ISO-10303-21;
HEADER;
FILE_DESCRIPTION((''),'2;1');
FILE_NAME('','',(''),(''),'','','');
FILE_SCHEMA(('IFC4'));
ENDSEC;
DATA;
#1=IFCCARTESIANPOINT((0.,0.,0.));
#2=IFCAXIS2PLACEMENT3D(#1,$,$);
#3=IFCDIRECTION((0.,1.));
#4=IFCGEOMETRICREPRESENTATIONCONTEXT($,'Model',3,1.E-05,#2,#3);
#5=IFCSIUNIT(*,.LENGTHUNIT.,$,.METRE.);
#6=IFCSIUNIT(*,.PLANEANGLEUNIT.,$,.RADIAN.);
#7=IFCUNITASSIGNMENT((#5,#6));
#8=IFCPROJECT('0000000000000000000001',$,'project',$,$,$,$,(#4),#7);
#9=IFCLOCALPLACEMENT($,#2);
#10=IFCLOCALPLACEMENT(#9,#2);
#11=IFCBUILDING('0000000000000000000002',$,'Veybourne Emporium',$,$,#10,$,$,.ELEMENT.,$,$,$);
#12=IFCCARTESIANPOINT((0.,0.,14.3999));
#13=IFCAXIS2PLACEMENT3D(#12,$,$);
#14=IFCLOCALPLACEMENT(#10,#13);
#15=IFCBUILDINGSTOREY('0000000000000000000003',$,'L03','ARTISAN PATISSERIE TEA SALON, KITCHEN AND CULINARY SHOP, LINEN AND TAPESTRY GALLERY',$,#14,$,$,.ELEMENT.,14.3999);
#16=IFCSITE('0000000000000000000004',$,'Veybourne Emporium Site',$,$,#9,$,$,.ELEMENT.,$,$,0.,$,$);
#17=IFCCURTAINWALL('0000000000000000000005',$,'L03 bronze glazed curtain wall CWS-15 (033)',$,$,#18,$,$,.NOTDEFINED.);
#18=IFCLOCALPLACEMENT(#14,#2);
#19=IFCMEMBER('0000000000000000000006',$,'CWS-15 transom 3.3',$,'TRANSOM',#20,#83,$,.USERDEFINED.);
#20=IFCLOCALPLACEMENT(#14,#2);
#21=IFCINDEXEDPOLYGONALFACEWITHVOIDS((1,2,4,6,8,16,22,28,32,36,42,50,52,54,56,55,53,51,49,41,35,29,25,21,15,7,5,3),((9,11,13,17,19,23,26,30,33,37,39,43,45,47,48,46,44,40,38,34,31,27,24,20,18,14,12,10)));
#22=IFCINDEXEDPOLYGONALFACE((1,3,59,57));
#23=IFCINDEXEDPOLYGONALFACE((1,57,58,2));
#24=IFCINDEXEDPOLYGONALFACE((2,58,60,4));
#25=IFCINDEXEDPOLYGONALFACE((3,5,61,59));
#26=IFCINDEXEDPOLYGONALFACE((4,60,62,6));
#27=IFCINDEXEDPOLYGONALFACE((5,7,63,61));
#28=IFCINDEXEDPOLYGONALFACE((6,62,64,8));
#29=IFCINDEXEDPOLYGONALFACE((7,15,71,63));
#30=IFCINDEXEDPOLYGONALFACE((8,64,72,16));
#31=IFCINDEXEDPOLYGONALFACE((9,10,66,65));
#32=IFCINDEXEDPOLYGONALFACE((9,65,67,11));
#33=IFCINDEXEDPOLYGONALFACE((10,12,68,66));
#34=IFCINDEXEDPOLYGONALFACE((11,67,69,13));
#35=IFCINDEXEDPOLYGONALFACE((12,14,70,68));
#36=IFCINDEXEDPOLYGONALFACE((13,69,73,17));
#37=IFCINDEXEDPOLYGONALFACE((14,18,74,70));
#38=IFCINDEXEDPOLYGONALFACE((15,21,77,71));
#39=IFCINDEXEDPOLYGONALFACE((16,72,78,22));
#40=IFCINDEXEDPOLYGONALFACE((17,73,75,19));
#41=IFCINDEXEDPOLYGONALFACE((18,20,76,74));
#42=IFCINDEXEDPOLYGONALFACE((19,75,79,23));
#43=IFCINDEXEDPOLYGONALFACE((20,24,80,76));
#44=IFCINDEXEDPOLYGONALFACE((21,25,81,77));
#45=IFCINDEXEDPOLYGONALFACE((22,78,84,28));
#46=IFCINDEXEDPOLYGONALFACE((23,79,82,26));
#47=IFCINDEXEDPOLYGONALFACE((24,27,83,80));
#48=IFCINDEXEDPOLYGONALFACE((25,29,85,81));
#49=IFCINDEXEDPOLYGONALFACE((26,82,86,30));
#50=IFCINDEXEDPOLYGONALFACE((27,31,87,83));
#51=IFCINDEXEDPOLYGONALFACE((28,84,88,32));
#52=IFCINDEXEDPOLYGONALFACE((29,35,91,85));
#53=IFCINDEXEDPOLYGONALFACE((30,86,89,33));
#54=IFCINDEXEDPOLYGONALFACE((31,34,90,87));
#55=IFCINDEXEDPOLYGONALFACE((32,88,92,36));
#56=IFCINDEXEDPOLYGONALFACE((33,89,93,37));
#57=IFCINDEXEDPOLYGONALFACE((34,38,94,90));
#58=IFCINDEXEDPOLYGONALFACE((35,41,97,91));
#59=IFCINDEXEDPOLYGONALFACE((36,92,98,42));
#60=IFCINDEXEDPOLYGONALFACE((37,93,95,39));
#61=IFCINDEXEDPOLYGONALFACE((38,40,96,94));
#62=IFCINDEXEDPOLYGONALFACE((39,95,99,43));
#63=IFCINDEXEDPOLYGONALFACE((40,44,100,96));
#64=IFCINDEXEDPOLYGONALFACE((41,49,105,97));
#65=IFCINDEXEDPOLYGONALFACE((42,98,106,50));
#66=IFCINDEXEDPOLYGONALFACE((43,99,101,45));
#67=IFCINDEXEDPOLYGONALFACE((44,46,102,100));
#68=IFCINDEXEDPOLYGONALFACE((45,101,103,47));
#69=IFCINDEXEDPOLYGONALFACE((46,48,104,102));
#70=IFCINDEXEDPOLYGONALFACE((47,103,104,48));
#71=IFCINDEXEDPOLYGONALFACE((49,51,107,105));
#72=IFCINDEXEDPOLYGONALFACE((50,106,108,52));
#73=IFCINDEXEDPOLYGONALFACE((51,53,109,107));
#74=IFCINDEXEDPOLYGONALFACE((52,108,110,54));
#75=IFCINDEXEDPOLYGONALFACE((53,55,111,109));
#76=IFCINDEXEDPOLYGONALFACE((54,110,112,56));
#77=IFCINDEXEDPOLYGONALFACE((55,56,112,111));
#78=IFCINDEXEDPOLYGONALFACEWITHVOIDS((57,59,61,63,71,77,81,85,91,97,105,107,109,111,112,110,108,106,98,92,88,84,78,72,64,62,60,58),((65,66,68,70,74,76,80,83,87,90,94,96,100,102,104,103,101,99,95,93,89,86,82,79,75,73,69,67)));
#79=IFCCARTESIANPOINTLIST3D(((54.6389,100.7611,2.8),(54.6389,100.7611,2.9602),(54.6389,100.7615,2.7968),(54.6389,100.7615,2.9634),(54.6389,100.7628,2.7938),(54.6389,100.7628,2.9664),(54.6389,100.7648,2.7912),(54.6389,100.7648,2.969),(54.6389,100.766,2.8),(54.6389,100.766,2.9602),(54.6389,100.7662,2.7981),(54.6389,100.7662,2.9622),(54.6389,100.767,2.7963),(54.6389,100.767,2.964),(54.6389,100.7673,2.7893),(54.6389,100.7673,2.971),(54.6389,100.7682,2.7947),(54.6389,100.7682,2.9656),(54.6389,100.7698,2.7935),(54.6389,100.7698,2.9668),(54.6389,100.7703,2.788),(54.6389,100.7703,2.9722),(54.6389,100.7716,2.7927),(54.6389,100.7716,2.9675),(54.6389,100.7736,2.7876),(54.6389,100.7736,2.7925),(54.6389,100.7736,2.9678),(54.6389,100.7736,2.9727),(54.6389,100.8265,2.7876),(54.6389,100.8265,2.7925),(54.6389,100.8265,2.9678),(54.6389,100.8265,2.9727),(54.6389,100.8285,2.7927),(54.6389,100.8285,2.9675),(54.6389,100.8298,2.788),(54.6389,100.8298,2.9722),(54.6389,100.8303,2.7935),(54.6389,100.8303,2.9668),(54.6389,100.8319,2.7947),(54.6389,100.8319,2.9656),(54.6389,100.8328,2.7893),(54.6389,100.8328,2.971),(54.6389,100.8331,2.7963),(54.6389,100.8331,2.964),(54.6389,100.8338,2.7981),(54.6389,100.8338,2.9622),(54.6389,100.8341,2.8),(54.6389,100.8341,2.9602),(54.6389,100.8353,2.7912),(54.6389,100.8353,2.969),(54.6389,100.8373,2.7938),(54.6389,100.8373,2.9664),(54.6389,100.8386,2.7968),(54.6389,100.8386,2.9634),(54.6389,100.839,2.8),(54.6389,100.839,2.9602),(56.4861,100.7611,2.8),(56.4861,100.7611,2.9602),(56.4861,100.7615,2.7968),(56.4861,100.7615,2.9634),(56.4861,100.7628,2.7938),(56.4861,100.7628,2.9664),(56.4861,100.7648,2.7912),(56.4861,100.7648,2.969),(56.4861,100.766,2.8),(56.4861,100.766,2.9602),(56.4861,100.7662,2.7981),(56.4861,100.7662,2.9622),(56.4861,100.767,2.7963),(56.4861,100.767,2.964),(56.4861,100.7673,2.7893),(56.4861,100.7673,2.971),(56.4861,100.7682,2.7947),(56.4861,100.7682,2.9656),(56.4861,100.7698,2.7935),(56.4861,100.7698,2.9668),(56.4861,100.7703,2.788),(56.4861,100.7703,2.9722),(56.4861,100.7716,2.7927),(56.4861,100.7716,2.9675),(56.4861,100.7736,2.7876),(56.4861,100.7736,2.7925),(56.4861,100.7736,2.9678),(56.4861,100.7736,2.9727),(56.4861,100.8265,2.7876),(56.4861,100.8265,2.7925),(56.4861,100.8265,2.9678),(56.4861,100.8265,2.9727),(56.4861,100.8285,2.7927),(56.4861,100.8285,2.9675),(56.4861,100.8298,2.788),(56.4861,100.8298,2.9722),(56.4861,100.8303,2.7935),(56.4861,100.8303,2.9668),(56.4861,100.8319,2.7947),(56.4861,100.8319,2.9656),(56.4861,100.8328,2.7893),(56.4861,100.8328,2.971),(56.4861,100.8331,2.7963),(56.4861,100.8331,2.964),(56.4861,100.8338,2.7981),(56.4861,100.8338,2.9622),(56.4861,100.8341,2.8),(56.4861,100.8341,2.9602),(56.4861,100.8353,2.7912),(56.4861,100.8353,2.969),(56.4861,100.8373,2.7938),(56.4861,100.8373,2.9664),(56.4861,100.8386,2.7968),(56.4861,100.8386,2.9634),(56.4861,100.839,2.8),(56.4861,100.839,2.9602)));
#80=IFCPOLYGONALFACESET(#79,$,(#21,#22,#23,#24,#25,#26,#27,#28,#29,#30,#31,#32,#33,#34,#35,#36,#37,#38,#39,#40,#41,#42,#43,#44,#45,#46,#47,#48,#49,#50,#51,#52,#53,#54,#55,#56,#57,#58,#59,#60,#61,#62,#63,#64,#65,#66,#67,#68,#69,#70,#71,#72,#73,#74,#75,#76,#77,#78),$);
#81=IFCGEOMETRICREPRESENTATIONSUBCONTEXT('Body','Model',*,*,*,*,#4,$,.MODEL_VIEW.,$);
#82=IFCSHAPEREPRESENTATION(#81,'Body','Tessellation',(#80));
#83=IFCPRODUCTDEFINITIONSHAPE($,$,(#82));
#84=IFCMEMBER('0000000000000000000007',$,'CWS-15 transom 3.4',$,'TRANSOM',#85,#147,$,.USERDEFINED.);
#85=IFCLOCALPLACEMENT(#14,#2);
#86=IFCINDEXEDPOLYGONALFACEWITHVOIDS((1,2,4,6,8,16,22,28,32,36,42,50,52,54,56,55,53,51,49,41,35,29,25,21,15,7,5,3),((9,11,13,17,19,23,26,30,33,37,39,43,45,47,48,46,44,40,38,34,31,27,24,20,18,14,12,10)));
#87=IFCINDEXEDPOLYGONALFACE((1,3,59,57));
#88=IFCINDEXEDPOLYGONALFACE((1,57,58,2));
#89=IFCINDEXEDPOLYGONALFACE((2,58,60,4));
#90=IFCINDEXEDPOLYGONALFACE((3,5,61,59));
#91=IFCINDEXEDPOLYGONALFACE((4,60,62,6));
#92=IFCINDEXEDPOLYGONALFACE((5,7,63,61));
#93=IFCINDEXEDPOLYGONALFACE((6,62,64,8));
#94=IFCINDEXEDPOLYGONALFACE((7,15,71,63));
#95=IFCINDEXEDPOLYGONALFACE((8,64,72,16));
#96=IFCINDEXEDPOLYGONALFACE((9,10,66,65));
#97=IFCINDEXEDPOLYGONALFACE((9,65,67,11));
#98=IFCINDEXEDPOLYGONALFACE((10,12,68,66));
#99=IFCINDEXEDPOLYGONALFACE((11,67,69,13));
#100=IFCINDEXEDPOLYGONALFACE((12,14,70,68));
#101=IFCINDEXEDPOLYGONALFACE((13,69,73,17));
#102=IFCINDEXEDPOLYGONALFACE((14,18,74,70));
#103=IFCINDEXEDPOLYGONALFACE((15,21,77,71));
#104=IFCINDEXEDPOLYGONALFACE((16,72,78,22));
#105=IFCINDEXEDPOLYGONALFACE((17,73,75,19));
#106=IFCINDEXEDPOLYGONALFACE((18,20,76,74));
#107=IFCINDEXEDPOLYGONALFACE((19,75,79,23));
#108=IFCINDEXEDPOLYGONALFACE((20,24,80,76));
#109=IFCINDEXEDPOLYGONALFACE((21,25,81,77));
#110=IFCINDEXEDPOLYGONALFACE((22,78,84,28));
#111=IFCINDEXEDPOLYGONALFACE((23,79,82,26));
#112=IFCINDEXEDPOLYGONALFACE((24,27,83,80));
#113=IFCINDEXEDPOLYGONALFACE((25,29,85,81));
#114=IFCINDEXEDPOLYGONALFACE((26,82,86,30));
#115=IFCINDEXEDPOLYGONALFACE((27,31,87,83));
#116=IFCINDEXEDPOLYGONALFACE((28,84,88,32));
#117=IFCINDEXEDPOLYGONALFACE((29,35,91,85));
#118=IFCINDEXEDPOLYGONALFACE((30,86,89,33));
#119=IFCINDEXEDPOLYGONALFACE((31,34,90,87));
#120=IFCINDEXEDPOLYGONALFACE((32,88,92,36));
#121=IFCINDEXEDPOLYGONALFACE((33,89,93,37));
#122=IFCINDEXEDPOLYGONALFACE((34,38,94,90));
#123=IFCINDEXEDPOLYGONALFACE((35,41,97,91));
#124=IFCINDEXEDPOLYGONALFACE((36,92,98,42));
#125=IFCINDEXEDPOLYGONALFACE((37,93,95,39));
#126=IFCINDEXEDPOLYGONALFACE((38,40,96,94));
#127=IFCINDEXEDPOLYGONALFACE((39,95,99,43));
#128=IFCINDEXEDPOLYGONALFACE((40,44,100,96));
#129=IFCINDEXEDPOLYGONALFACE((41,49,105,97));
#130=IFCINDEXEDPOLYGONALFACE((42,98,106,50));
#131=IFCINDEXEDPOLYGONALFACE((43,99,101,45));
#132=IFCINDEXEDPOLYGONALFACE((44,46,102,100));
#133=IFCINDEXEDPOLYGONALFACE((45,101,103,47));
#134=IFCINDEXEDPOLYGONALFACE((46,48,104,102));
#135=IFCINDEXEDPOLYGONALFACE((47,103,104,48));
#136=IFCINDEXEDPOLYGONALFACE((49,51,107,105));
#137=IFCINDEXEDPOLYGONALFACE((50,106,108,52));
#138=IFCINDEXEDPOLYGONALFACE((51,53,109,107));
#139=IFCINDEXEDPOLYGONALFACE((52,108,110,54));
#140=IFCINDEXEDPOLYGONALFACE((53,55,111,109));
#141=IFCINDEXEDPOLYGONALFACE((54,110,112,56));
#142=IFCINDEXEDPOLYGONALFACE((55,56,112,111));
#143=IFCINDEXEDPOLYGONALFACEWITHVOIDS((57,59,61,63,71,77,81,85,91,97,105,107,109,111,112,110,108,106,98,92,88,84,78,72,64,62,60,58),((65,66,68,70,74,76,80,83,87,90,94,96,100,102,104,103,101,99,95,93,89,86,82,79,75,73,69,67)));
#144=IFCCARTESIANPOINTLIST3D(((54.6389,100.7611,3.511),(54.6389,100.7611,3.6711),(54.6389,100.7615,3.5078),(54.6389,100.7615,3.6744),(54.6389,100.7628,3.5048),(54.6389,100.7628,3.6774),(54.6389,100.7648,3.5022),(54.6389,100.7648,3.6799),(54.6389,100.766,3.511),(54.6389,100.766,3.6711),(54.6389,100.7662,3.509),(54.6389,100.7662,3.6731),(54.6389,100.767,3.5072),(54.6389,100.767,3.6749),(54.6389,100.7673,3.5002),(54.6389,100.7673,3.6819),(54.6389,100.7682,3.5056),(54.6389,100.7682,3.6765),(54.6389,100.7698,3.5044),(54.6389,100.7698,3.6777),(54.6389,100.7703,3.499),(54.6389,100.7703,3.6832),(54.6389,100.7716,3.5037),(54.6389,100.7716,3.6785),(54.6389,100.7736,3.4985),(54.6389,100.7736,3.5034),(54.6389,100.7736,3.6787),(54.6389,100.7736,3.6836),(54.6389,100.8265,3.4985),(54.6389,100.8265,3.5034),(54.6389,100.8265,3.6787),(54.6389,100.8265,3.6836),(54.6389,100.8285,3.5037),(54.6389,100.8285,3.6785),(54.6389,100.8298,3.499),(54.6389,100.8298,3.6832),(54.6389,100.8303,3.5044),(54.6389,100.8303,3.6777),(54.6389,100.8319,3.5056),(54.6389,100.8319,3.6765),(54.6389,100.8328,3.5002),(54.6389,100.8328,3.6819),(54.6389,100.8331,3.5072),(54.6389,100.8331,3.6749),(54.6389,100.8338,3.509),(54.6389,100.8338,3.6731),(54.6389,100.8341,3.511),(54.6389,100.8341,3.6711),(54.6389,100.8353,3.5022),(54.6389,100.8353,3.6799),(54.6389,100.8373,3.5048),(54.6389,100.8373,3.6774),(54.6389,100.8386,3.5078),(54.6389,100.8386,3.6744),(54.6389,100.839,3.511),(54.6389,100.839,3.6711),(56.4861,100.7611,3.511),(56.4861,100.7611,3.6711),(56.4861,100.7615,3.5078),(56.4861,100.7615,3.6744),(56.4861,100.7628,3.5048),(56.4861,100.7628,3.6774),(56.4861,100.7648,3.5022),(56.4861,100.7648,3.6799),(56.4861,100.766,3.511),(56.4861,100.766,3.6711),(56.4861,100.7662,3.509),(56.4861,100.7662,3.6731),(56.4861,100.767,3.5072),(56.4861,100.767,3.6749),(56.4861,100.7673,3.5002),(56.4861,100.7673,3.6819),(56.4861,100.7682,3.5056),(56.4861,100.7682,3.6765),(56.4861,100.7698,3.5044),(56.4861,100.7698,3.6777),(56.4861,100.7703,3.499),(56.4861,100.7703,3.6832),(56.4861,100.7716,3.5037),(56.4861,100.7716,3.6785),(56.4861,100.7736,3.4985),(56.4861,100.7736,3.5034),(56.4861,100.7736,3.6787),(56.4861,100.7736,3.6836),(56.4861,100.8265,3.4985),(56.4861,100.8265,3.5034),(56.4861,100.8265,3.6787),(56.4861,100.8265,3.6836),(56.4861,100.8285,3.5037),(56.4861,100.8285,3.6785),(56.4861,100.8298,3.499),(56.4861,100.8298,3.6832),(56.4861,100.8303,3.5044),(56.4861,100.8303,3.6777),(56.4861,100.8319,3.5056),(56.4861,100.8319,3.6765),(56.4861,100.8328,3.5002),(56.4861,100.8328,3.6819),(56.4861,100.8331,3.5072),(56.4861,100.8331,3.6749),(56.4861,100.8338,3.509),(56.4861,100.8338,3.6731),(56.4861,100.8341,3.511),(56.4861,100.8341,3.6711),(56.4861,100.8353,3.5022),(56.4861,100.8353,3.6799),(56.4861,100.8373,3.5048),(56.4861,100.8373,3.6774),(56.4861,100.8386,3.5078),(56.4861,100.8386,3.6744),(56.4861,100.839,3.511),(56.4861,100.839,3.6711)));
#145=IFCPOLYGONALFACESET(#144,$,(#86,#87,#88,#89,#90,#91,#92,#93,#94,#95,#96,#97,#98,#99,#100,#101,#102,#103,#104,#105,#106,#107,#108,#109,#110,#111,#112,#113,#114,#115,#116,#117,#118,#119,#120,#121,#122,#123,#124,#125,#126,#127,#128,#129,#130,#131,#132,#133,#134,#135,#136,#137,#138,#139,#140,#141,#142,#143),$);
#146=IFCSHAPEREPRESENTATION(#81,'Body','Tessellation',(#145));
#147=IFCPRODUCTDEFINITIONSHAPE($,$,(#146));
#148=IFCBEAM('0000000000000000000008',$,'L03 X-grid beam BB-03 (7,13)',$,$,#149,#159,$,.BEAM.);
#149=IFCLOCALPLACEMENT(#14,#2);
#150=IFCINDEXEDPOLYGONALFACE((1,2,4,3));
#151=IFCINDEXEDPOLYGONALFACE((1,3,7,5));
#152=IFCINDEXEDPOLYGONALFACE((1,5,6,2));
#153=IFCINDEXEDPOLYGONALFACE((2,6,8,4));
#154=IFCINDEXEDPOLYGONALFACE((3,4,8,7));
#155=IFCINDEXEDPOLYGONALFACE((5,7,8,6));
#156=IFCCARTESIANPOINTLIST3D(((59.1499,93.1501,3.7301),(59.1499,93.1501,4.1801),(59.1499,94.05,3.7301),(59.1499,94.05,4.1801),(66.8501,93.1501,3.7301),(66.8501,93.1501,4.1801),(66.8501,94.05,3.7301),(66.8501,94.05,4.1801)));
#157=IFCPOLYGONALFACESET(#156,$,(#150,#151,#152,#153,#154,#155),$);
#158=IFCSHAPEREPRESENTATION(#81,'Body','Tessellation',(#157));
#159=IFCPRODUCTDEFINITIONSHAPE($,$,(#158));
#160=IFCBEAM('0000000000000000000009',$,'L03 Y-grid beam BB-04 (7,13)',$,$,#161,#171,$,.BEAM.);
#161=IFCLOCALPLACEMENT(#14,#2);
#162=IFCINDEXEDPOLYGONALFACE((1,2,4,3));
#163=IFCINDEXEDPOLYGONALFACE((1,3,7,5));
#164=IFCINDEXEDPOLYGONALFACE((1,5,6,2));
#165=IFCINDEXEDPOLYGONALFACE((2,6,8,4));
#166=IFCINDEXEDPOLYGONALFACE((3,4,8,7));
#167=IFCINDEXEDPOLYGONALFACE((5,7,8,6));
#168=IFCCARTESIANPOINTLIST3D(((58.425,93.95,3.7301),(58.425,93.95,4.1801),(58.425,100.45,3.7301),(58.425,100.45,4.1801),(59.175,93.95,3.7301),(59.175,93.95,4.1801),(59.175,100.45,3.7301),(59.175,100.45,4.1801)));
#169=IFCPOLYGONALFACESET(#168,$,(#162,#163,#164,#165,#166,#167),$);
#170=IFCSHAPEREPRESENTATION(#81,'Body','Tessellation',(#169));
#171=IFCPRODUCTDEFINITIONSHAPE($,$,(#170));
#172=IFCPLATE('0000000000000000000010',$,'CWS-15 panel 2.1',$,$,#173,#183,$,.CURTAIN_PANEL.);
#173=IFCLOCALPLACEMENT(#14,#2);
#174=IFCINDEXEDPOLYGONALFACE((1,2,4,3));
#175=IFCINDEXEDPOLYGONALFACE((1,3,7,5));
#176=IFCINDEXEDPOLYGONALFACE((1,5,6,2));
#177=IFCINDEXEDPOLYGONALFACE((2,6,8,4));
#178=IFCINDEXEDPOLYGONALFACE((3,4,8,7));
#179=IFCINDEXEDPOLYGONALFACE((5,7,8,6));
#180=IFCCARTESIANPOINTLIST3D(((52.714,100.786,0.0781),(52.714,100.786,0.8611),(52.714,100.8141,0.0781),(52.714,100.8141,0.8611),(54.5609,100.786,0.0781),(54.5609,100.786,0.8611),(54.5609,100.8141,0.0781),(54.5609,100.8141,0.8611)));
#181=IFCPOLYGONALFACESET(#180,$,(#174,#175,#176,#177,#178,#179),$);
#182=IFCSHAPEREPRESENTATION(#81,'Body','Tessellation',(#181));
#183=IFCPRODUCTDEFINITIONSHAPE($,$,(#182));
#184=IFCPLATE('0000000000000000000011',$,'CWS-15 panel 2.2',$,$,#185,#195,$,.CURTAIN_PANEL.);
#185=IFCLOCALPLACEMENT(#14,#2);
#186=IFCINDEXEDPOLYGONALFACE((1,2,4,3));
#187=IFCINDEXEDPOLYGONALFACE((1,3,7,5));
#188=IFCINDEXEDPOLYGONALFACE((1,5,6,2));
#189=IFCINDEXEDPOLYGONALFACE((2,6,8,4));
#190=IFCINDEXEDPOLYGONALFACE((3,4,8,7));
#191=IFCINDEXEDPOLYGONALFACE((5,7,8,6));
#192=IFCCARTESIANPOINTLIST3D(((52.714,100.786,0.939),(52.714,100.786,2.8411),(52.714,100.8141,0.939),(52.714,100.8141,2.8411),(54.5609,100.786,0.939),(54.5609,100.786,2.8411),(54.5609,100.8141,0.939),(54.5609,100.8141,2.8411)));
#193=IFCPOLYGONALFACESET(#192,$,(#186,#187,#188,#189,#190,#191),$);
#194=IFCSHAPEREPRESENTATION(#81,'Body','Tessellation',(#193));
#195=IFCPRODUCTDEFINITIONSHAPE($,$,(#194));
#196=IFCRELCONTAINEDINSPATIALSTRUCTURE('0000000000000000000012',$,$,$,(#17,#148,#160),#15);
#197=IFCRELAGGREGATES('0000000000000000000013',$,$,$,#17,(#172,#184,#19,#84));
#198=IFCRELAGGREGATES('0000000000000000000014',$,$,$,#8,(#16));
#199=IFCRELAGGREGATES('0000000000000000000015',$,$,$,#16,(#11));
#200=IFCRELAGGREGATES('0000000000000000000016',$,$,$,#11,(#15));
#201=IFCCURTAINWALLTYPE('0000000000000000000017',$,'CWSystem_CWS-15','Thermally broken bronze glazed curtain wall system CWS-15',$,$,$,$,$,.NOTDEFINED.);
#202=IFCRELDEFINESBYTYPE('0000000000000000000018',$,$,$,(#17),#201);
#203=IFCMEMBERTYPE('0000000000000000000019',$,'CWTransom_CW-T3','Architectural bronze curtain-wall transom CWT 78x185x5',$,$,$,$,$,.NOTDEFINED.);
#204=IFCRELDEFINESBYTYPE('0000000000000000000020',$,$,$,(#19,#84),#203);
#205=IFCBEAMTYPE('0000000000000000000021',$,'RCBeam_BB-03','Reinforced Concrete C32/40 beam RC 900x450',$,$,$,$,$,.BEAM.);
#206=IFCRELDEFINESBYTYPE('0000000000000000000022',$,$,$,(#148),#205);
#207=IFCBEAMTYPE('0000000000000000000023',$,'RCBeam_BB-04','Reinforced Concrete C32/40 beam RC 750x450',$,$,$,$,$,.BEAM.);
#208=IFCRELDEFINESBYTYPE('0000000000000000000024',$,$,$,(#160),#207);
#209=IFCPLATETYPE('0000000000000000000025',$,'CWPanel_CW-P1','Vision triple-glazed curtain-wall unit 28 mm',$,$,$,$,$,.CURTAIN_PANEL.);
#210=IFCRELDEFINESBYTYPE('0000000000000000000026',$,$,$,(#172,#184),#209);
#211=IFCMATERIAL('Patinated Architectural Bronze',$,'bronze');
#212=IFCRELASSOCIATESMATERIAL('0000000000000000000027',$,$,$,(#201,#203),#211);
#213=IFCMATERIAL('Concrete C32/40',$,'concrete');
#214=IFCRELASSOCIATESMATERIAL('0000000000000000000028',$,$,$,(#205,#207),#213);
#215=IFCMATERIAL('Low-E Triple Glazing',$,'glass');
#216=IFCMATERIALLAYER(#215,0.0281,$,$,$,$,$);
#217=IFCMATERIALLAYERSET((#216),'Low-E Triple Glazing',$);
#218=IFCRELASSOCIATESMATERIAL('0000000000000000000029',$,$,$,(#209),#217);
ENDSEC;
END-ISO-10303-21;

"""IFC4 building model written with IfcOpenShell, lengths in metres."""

from ifc_helpers import new_model, si_unit, direction, frame, origin, origin_2d, place, context, subcontext, project, spatial, rectangle, hollow_rectangle, extrude, material, layer, layer_set, material_profile, profile_set, type_object, element, aggregate, save


model = new_model("IFC4")

# Units and contexts
model_context = context("Model", 3, precision=1e-05, world=origin(), true_north=direction((0.0, 1.0)))
body_context = subcontext(model_context, "Body", "Model", "MODEL_VIEW")
ifc_project = project(units=[si_unit("LENGTHUNIT", "METRE"), si_unit("PLANEANGLEUNIT", "RADIAN")], contexts=[model_context])

# Site, building, storey
site_placement = place(None, origin())
site = spatial("IfcSite", under=ifc_project, at=site_placement, Name="Veybourne Emporium Site", CompositionType="ELEMENT", RefElevation=0.0)
building_placement = place(site_placement, origin())
building = spatial("IfcBuilding", under=site, at=building_placement, Name="Veybourne Emporium", CompositionType="ELEMENT")
storey_placement = place(building_placement, frame((0.0, 0.0, 14.3999)))
storey = spatial("IfcBuildingStorey", under=building, at=storey_placement, Name="L03", Description="ARTISAN PATISSERIE TEA SALON, KITCHEN AND CULINARY SHOP, LINEN AND TAPESTRY GALLERY", CompositionType="ELEMENT", Elevation=14.3999)

# Curtain wall, members
ifc_material_1 = material(Name="Patinated Architectural Bronze", Category="bronze")
curtain_wall_type = type_object("IfcCurtainWallType", Name="CWSystem_CWS-15", Description="Thermally broken bronze glazed curtain wall system CWS-15", PredefinedType="NOTDEFINED", material=ifc_material_1)
curtain_wall_placement = place(storey_placement, origin())
curtain_wall = element("IfcCurtainWall", 1, at=curtain_wall_placement, inside=storey, type_object=curtain_wall_type, Name="L03 bronze glazed curtain wall CWS-15 (033)", PredefinedType="NOTDEFINED")
ifc_material_profile_1 = material_profile(ifc_material_1, hollow_rectangle(XDim=0.0779, YDim=0.1851, WallThickness=0.0049, InnerFilletRadius=0.0076, OuterFilletRadius=0.0125, at=origin_2d()), Name="CWT 78x185x5")
ifc_profile_set_1 = profile_set([ifc_material_profile_1], Name="Patinated Architectural Bronze")
member_type_1 = type_object("IfcMemberType", Name="CWTransom_CW-T3", Description="Architectural bronze curtain-wall transom CWT 78x185x5", PredefinedType="NOTDEFINED", material=ifc_profile_set_1)
member_1_placement = place(storey_placement, frame((54.6389, 100.8, 2.8801), z_axis=(1.0, 0.0, 0.0), x_axis=(0.0, 1.0, 0.0)))
member_1 = element("IfcMember", 2, at=member_1_placement, type_object=member_type_1, Name="CWS-15 transom 3.3", ObjectType="TRANSOM", PredefinedType="USERDEFINED", context=body_context, shape_type="SweptSolid", body=[
    extrude(hollow_rectangle(XDim=0.0779, YDim=0.1851, WallThickness=0.0049, InnerFilletRadius=0.0076, OuterFilletRadius=0.0125, at=origin_2d()), origin(), (0.0, 0.0, 1.0), 1.8472),
])
member_2_placement = place(storey_placement, frame((54.6389, 100.8, 3.5911), z_axis=(1.0, 0.0, 0.0), x_axis=(0.0, 1.0, 0.0)))
member_2 = element("IfcMember", 3, at=member_2_placement, type_object=member_type_1, Name="CWS-15 transom 3.4", ObjectType="TRANSOM", PredefinedType="USERDEFINED", context=body_context, shape_type="SweptSolid", body=[
    extrude(hollow_rectangle(XDim=0.0779, YDim=0.1851, WallThickness=0.0049, InnerFilletRadius=0.0076, OuterFilletRadius=0.0125, at=origin_2d()), origin(), (0.0, 0.0, 1.0), 1.8472),
])

# Beams
ifc_material_2 = material(Name="Concrete C32/40", Category="concrete")
ifc_material_profile_2 = material_profile(ifc_material_2, rectangle(XDim=0.8999, YDim=0.45, at=origin_2d()), Name="RC 900x450")
ifc_profile_set_2 = profile_set([ifc_material_profile_2], Name="Concrete C32/40")
beam_type_1 = type_object("IfcBeamType", Name="RCBeam_BB-03", Description="Reinforced Concrete C32/40 beam RC 900x450", PredefinedType="BEAM", material=ifc_profile_set_2)
beam_1_placement = place(storey_placement, frame((59.1499, 93.6001, 3.9551), z_axis=(1.0, 0.0, 0.0), x_axis=(0.0, 1.0, 0.0)))
element("IfcBeam", 4, at=beam_1_placement, inside=storey, type_object=beam_type_1, Name="L03 X-grid beam BB-03 (7,13)", PredefinedType="BEAM", context=body_context, shape_type="SweptSolid", body=[
    extrude(rectangle(XDim=0.8999, YDim=0.45, at=origin_2d()), origin(), (0.0, 0.0, 1.0), 7.7002),
])
ifc_material_profile_3 = material_profile(ifc_material_2, rectangle(XDim=0.75, YDim=0.45, at=origin_2d()), Name="RC 750x450")
ifc_profile_set_3 = profile_set([ifc_material_profile_3], Name="Concrete C32/40")
beam_type_2 = type_object("IfcBeamType", Name="RCBeam_BB-04", Description="Reinforced Concrete C32/40 beam RC 750x450", PredefinedType="BEAM", material=ifc_profile_set_3)
beam_2_placement = place(storey_placement, frame((58.8, 93.95, 3.9551), z_axis=(0.0, 1.0, 0.0), x_axis=(-1.0, 0.0, 0.0)))
element("IfcBeam", 5, at=beam_2_placement, inside=storey, type_object=beam_type_2, Name="L03 Y-grid beam BB-04 (7,13)", PredefinedType="BEAM", context=body_context, shape_type="SweptSolid", body=[
    extrude(rectangle(XDim=0.75, YDim=0.45, at=origin_2d()), origin(), (0.0, 0.0, 1.0), 6.5),
])

# Plates
ifc_material_3 = material(Name="Low-E Triple Glazing", Category="glass")
ifc_layer_1 = layer(ifc_material_3, 0.0281)
ifc_layer_set_1 = layer_set([ifc_layer_1], Name="Low-E Triple Glazing")
plate_type = type_object("IfcPlateType", Name="CWPanel_CW-P1", Description="Vision triple-glazed curtain-wall unit 28 mm", PredefinedType="CURTAIN_PANEL", material=ifc_layer_set_1)
plate_1_placement = place(storey_placement, frame((53.6375, 100.8, 0.0781), z_axis=(0.0, 0.0, 1.0), x_axis=(1.0, 0.0, 0.0)))
plate_1 = element("IfcPlate", 6, at=plate_1_placement, type_object=plate_type, Name="CWS-15 panel 2.1", PredefinedType="CURTAIN_PANEL", context=body_context, shape_type="SweptSolid", body=[
    extrude(rectangle(XDim=1.8469, YDim=0.0281, at=origin_2d()), origin(), (0.0, 0.0, 1.0), 0.783),
])
plate_2_placement = place(storey_placement, frame((53.6375, 100.8, 0.939), z_axis=(0.0, 0.0, 1.0), x_axis=(1.0, 0.0, 0.0)))
plate_2 = element("IfcPlate", 7, at=plate_2_placement, type_object=plate_type, Name="CWS-15 panel 2.2", PredefinedType="CURTAIN_PANEL", context=body_context, shape_type="SweptSolid", body=[
    extrude(rectangle(XDim=1.8469, YDim=0.0281, at=origin_2d()), origin(), (0.0, 0.0, 1.0), 1.9021),
])
aggregate(curtain_wall, [plate_1, plate_2, member_1, member_2])

save(model, "model.ifc")
